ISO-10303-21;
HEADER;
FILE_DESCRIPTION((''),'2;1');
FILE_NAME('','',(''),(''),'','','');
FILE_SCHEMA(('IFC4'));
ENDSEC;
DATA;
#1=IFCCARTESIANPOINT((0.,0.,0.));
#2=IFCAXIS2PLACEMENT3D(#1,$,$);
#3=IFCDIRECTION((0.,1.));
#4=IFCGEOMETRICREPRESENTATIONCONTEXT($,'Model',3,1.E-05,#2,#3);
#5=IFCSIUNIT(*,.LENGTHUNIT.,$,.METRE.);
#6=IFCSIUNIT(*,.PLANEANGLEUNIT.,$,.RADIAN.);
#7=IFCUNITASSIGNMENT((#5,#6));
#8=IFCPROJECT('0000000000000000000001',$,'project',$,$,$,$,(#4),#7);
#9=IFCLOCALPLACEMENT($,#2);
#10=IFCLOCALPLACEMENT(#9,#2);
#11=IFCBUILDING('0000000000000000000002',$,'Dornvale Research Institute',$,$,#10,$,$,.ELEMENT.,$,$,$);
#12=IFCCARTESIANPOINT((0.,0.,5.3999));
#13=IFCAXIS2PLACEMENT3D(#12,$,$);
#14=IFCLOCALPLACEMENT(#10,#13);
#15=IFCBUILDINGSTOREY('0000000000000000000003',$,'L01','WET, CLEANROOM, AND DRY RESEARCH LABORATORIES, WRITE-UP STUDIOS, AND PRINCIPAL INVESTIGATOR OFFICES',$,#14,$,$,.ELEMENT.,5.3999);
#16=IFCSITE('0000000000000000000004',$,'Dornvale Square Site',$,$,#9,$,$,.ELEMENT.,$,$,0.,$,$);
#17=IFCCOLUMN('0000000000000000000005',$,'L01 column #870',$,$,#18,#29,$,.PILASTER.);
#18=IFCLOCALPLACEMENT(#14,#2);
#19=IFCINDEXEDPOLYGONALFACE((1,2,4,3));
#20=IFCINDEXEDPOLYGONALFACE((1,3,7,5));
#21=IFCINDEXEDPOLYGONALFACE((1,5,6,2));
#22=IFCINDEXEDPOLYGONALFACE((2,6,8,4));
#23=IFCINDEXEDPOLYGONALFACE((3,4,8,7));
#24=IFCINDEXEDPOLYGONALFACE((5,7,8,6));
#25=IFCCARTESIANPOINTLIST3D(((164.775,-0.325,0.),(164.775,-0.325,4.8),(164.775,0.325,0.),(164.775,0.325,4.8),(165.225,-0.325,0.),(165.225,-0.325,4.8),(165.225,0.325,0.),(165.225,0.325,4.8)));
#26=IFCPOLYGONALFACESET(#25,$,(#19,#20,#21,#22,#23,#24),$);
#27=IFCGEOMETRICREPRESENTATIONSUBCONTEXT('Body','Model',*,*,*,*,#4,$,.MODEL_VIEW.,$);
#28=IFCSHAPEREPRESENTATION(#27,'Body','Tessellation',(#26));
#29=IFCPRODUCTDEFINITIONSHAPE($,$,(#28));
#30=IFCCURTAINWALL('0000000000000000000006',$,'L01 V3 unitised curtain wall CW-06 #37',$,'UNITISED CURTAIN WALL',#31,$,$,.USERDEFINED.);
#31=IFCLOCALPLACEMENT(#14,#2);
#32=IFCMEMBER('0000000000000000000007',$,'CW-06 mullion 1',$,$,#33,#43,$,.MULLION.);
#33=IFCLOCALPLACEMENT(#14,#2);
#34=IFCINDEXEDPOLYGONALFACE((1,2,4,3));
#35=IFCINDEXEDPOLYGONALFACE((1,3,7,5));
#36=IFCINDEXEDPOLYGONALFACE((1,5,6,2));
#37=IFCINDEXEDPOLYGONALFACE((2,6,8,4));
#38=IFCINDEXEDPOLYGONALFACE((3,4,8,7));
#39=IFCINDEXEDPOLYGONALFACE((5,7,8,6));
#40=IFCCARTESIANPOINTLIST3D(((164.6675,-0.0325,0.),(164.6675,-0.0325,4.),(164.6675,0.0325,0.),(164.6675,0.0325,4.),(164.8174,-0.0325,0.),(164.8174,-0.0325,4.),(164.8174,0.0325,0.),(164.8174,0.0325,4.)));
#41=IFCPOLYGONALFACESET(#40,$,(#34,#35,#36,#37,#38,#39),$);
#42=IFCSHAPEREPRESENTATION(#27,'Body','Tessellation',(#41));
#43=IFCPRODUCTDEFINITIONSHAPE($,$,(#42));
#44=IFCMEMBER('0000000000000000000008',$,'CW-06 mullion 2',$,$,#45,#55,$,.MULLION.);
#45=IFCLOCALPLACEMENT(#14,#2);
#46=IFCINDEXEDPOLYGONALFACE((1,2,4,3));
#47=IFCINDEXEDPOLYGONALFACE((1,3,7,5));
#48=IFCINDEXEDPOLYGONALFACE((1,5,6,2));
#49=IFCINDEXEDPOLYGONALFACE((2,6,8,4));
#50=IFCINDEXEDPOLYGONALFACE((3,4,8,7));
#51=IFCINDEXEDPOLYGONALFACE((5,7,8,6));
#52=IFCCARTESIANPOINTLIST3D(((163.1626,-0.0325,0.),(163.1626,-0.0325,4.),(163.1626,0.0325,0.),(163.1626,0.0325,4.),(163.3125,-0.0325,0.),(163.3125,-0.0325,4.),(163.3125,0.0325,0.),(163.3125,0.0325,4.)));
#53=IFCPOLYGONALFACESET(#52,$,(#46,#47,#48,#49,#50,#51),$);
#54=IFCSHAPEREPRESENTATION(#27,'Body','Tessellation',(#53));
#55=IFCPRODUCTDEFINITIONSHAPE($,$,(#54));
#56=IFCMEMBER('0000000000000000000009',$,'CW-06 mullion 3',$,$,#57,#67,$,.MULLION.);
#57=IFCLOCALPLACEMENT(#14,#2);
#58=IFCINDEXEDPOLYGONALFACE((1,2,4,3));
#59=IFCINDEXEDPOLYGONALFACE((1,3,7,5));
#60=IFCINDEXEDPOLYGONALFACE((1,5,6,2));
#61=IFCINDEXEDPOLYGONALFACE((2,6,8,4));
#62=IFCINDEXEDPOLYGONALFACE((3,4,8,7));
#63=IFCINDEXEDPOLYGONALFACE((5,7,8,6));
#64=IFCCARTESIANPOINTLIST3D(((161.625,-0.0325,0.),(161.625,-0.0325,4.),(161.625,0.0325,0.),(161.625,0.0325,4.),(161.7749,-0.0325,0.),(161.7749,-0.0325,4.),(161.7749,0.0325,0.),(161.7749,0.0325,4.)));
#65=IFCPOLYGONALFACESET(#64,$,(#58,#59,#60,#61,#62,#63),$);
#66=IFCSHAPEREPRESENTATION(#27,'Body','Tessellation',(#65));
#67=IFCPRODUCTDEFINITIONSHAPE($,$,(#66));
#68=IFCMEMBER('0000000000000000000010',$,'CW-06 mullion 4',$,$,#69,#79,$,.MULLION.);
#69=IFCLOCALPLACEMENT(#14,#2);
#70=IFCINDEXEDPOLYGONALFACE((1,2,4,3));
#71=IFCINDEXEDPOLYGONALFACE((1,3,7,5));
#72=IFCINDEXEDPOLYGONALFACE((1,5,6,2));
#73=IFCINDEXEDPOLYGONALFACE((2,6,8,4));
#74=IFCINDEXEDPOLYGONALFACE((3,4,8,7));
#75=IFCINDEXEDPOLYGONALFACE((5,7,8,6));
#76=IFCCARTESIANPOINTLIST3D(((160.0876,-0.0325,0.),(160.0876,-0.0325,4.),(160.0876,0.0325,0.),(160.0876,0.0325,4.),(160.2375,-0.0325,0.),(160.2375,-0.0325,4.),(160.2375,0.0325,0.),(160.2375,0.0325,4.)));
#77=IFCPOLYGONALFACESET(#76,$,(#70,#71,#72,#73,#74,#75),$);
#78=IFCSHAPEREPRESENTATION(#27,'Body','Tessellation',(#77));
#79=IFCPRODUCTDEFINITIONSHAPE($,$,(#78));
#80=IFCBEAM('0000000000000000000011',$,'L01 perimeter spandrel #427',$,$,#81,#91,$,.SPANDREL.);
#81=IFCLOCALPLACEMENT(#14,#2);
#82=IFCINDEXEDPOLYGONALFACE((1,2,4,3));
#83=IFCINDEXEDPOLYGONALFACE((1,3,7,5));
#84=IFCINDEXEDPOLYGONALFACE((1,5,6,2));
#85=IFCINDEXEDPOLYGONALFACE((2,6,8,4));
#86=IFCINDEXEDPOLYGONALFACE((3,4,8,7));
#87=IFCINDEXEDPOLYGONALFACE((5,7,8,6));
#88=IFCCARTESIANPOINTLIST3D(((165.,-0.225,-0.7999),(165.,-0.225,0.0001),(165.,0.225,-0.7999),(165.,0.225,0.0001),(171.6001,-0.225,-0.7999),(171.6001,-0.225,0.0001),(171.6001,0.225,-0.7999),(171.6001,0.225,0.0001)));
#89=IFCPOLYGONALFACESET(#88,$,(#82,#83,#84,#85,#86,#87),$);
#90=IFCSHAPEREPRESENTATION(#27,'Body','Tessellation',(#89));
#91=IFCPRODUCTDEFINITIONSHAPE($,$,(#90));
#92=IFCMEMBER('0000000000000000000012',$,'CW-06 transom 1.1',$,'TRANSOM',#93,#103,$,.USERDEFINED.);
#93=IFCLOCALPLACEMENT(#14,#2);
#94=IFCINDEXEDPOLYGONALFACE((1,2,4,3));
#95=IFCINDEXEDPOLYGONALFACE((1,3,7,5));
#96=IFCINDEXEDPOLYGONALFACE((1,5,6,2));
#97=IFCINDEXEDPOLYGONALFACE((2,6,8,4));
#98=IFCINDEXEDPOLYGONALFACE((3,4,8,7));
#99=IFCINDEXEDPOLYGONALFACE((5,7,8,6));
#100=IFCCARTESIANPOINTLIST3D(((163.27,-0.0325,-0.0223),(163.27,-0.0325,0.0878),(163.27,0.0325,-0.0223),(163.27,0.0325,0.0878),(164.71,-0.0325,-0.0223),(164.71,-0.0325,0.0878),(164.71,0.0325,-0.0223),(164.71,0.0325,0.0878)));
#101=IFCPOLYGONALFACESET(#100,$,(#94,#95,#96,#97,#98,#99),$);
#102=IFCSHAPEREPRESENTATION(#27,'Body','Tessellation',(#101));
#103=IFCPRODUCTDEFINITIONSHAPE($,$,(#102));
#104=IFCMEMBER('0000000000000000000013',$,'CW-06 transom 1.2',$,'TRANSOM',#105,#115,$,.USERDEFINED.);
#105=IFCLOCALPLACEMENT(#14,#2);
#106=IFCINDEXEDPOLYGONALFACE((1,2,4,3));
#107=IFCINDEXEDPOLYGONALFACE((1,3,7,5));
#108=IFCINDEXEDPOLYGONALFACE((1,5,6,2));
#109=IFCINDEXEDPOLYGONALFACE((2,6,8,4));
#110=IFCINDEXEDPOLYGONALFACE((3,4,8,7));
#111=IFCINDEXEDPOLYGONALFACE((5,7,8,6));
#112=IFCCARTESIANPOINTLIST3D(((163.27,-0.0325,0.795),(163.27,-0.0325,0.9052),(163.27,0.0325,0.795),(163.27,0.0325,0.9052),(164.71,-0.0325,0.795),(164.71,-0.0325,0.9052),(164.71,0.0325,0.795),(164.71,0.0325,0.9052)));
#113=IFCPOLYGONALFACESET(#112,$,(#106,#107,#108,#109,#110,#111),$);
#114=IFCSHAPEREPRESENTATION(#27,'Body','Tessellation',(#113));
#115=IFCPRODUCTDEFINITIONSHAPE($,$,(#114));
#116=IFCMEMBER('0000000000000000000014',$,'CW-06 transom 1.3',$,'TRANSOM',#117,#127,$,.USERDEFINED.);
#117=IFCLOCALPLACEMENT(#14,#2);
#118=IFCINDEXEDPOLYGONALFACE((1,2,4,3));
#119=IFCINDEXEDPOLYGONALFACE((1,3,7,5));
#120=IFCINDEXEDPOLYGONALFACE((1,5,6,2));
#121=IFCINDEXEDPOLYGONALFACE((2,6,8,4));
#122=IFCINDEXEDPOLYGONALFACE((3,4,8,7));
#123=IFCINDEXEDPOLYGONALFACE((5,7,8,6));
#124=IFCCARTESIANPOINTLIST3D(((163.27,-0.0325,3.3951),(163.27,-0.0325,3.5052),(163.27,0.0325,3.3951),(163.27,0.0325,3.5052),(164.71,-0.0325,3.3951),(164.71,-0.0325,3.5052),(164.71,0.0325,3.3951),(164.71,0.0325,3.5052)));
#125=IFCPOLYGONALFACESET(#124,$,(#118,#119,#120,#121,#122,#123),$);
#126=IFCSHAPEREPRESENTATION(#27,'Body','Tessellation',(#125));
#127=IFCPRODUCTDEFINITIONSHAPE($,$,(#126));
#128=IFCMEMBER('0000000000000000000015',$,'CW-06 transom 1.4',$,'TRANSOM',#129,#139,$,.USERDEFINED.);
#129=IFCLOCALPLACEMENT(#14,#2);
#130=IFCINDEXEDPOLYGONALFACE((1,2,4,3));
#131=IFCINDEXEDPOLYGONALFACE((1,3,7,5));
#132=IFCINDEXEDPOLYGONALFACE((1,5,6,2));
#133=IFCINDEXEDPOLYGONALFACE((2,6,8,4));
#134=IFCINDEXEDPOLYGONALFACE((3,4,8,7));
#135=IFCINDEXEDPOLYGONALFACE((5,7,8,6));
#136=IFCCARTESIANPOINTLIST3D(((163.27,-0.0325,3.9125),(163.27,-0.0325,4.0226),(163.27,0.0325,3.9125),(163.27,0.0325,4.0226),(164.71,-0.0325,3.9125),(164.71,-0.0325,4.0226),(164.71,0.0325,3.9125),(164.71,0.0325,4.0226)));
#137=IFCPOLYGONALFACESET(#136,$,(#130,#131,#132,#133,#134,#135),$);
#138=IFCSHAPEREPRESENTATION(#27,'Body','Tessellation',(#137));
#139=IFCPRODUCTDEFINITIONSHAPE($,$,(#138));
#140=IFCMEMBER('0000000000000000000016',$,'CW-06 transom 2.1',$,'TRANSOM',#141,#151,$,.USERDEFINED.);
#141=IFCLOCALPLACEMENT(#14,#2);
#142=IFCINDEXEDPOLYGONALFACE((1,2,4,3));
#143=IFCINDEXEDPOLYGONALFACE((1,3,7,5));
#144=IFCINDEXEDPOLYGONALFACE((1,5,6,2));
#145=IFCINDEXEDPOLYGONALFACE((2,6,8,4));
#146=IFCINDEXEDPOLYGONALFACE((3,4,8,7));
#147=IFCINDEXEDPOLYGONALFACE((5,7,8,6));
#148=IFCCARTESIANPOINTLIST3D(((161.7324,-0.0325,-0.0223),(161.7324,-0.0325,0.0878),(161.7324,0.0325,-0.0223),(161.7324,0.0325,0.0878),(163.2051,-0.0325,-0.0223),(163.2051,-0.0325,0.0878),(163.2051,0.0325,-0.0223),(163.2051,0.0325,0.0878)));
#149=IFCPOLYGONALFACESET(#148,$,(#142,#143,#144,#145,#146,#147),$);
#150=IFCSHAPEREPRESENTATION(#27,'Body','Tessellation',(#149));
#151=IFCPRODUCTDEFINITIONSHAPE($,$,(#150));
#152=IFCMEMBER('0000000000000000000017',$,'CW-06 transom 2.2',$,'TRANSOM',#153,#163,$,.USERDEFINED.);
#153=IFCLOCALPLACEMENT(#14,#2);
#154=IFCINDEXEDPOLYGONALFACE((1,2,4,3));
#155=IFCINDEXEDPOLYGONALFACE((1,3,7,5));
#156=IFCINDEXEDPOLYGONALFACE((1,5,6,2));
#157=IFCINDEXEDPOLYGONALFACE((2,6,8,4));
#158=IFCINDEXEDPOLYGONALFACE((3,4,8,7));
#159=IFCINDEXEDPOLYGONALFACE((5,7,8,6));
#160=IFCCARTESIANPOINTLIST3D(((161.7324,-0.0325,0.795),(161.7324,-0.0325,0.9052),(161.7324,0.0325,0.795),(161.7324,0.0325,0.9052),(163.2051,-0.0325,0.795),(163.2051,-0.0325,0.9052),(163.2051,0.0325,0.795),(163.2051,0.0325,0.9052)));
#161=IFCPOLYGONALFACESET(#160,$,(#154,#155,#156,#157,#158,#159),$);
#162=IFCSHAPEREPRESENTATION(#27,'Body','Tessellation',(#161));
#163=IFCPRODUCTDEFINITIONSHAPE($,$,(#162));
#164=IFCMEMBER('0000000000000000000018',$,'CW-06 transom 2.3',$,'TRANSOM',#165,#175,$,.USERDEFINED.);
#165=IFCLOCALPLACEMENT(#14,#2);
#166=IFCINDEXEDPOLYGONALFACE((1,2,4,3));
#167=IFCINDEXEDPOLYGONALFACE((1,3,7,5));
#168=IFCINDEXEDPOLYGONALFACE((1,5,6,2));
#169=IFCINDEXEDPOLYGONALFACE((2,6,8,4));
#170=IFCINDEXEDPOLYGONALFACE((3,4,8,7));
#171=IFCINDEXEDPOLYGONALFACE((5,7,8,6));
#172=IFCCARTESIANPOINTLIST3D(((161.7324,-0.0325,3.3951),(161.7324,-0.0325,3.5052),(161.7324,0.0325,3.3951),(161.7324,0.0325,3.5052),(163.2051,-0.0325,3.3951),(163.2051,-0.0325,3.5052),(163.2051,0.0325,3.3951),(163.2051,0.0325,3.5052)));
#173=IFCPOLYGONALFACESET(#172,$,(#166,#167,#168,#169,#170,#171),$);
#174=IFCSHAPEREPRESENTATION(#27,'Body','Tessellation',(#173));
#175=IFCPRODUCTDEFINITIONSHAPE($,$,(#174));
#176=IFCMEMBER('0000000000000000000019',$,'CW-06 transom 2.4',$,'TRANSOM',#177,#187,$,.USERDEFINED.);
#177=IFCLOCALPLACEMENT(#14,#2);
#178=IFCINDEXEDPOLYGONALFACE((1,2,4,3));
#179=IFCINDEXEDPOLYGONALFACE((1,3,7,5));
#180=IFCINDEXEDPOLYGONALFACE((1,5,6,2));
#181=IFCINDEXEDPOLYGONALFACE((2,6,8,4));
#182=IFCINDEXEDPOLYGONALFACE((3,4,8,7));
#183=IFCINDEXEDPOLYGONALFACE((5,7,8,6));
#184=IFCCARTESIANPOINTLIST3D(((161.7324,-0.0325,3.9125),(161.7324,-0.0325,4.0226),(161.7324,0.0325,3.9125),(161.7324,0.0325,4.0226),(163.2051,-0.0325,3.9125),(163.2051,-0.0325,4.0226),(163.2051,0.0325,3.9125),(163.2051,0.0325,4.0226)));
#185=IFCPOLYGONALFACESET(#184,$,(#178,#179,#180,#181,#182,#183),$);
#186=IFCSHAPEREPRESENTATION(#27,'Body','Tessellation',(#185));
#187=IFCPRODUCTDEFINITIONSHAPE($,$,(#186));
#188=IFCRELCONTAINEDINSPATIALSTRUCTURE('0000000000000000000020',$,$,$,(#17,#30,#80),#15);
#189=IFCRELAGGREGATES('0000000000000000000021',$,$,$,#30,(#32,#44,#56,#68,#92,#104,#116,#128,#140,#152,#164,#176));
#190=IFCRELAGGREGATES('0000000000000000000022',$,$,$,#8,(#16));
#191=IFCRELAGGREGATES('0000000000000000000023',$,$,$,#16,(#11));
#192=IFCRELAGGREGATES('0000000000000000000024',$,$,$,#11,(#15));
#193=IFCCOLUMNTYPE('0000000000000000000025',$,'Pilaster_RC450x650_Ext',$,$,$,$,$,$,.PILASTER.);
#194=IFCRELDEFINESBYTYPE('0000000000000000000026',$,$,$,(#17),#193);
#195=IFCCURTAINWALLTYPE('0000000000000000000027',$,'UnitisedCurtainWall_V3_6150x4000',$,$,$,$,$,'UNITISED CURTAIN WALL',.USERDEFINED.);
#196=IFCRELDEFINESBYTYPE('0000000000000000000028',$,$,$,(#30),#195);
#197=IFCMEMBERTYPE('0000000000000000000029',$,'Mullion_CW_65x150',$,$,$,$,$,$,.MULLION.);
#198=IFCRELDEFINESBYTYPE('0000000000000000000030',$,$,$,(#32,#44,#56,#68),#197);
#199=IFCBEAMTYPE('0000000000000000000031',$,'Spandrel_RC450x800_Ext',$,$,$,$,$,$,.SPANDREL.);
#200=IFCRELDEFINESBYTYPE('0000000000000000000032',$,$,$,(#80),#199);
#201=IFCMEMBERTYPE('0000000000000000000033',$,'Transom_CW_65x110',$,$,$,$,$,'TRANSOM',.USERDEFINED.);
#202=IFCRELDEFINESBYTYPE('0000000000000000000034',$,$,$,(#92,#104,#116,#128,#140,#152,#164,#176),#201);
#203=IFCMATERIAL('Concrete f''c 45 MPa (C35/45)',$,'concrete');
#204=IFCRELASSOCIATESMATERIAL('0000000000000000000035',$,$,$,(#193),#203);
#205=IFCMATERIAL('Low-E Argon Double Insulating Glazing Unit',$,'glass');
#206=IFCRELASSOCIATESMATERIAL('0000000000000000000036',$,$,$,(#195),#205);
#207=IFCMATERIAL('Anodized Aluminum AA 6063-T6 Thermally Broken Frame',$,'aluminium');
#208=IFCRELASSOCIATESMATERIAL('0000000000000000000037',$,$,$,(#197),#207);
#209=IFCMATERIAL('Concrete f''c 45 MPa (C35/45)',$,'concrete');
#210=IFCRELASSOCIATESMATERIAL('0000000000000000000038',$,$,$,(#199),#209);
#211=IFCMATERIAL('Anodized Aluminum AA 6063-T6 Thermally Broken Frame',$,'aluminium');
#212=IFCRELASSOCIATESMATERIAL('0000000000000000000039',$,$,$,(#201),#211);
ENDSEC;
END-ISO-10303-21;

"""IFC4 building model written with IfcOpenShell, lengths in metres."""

from ifc_helpers import new_model, si_unit, direction, frame, origin, origin_2d, place, context, subcontext, project, spatial, rectangle, extrude, material, material_profile, profile_set, type_object, element, aggregate, save


model = new_model("IFC4")

# Units and contexts
model_context = context("Model", 3, precision=1e-05, world=origin(), true_north=direction((0.0, 1.0)))
body_context = subcontext(model_context, "Body", "Model", "MODEL_VIEW")
ifc_project = project(units=[si_unit("LENGTHUNIT", "METRE"), si_unit("PLANEANGLEUNIT", "RADIAN")], contexts=[model_context])

# Site, building, storey
site_placement = place(None, origin())
site = spatial("IfcSite", under=ifc_project, at=site_placement, Name="Dornvale Square Site", CompositionType="ELEMENT", RefElevation=0.0)
building_placement = place(site_placement, origin())
building = spatial("IfcBuilding", under=site, at=building_placement, Name="Dornvale Research Institute", CompositionType="ELEMENT")
storey_placement = place(building_placement, frame((0.0, 0.0, 5.3999)))
storey = spatial("IfcBuildingStorey", under=building, at=storey_placement, Name="L01", Description="WET, CLEANROOM, AND DRY RESEARCH LABORATORIES, WRITE-UP STUDIOS, AND PRINCIPAL INVESTIGATOR OFFICES", CompositionType="ELEMENT", Elevation=5.3999)

# Column
ifc_material_1 = material(Name="Concrete f'c 45 MPa (C35/45)", Category="concrete")
ifc_material_profile_1 = material_profile(ifc_material_1, rectangle(XDim=0.45, YDim=0.6499, at=origin_2d()), Name="RC 450x650")
ifc_profile_set_1 = profile_set([ifc_material_profile_1], Name="Concrete f'c 45 MPa (C35/45)")
column_type = type_object("IfcColumnType", Name="Pilaster_RC450x650_Ext", PredefinedType="PILASTER", material=ifc_profile_set_1)
column_placement = place(storey_placement, frame((165.0, 0.0, 0.0), z_axis=(0.0, 0.0, 1.0), x_axis=(1.0, 0.0, 0.0)))
element("IfcColumn", 1, at=column_placement, inside=storey, type_object=column_type, Name="L01 column #870", PredefinedType="PILASTER", context=body_context, shape_type="SweptSolid", body=[
    extrude(rectangle(XDim=0.45, YDim=0.6499, at=origin_2d()), origin(), (0.0, 0.0, 1.0), 4.8),
])

# Curtain wall, members
ifc_material_2 = material(Name="Low-E Argon Double Insulating Glazing Unit", Category="glass")
curtain_wall_type = type_object("IfcCurtainWallType", Name="UnitisedCurtainWall_V3_6150x4000", ElementType="UNITISED CURTAIN WALL", PredefinedType="USERDEFINED", material=ifc_material_2)
curtain_wall_placement = place(storey_placement, origin())
curtain_wall = element("IfcCurtainWall", 2, at=curtain_wall_placement, inside=storey, type_object=curtain_wall_type, Name="L01 V3 unitised curtain wall CW-06 #37", ObjectType="UNITISED CURTAIN WALL", PredefinedType="USERDEFINED")
ifc_material_3 = material(Name="Anodized Aluminum AA 6063-T6 Thermally Broken Frame", Category="aluminium")
ifc_material_profile_2 = material_profile(ifc_material_3, rectangle(XDim=0.0649, YDim=0.1499, at=origin_2d()), Name="ALU MULLION 65x150")
ifc_profile_set_2 = profile_set([ifc_material_profile_2], Name="Anodized Aluminum AA 6063-T6 Thermally Broken Frame")
member_type_1 = type_object("IfcMemberType", Name="Mullion_CW_65x150", PredefinedType="MULLION", material=ifc_profile_set_2)
member_1_placement = place(storey_placement, frame((164.7424, 0.0, 0.0), z_axis=(0.0, 0.0, 1.0), x_axis=(0.0, -1.0, 0.0)))
member_1 = element("IfcMember", 3, at=member_1_placement, type_object=member_type_1, Name="CW-06 mullion 1", PredefinedType="MULLION", context=body_context, shape_type="SweptSolid", body=[
    extrude(rectangle(XDim=0.0649, YDim=0.1499, at=origin_2d()), origin(), (0.0, 0.0, 1.0), 4.0),
])
member_2_placement = place(storey_placement, frame((163.2375, 0.0, 0.0), z_axis=(0.0, 0.0, 1.0), x_axis=(0.0, -1.0, 0.0)))
member_2 = element("IfcMember", 4, at=member_2_placement, type_object=member_type_1, Name="CW-06 mullion 2", PredefinedType="MULLION", context=body_context, shape_type="SweptSolid", body=[
    extrude(rectangle(XDim=0.0649, YDim=0.1499, at=origin_2d()), origin(), (0.0, 0.0, 1.0), 4.0),
])
member_3_placement = place(storey_placement, frame((161.7, 0.0, 0.0), z_axis=(0.0, 0.0, 1.0), x_axis=(0.0, -1.0, 0.0)))
member_3 = element("IfcMember", 5, at=member_3_placement, type_object=member_type_1, Name="CW-06 mullion 3", PredefinedType="MULLION", context=body_context, shape_type="SweptSolid", body=[
    extrude(rectangle(XDim=0.0649, YDim=0.1499, at=origin_2d()), origin(), (0.0, 0.0, 1.0), 4.0),
])
member_4_placement = place(storey_placement, frame((160.1626, 0.0, 0.0), z_axis=(0.0, 0.0, 1.0), x_axis=(0.0, -1.0, 0.0)))
member_4 = element("IfcMember", 6, at=member_4_placement, type_object=member_type_1, Name="CW-06 mullion 4", PredefinedType="MULLION", context=body_context, shape_type="SweptSolid", body=[
    extrude(rectangle(XDim=0.0649, YDim=0.1499, at=origin_2d()), origin(), (0.0, 0.0, 1.0), 4.0),
])

# Beam
ifc_material_4 = material(Name="Concrete f'c 45 MPa (C35/45)", Category="concrete")
ifc_material_profile_3 = material_profile(ifc_material_4, rectangle(XDim=0.45, YDim=0.8, at=origin_2d()), Name="RC 450x800")
ifc_profile_set_3 = profile_set([ifc_material_profile_3], Name="Concrete f'c 45 MPa (C35/45)")
beam_type = type_object("IfcBeamType", Name="Spandrel_RC450x800_Ext", PredefinedType="SPANDREL", material=ifc_profile_set_3)
beam_placement = place(storey_placement, frame((165.0, 0.0, -0.3999), z_axis=(1.0, 0.0, 0.0), x_axis=(0.0, 1.0, 0.0)))
element("IfcBeam", 7, at=beam_placement, inside=storey, type_object=beam_type, Name="L01 perimeter spandrel #427", PredefinedType="SPANDREL", context=body_context, shape_type="SweptSolid", body=[
    extrude(rectangle(XDim=0.45, YDim=0.8, at=origin_2d()), origin(), (0.0, 0.0, 1.0), 6.6001),
])

# Members
ifc_material_5 = material(Name="Anodized Aluminum AA 6063-T6 Thermally Broken Frame", Category="aluminium")
ifc_material_profile_4 = material_profile(ifc_material_5, rectangle(XDim=0.0649, YDim=0.1101, at=origin_2d()), Name="ALU TRANSOM 65x110")
ifc_profile_set_4 = profile_set([ifc_material_profile_4], Name="Anodized Aluminum AA 6063-T6 Thermally Broken Frame")
member_type_2 = type_object("IfcMemberType", Name="Transom_CW_65x110", ElementType="TRANSOM", PredefinedType="USERDEFINED", material=ifc_profile_set_4)
member_5_placement = place(storey_placement, frame((164.71, 0.0, 0.0327), z_axis=(-1.0, 0.0, 0.0), x_axis=(0.0, -1.0, 0.0)))
member_5 = element("IfcMember", 8, at=member_5_placement, type_object=member_type_2, Name="CW-06 transom 1.1", ObjectType="TRANSOM", PredefinedType="USERDEFINED", context=body_context, shape_type="SweptSolid", body=[
    extrude(rectangle(XDim=0.0649, YDim=0.1101, at=origin_2d()), origin(), (0.0, 0.0, 1.0), 1.4399),
])
member_6_placement = place(storey_placement, frame((164.71, 0.0, 0.8501), z_axis=(-1.0, 0.0, 0.0), x_axis=(0.0, -1.0, 0.0)))
member_6 = element("IfcMember", 9, at=member_6_placement, type_object=member_type_2, Name="CW-06 transom 1.2", ObjectType="TRANSOM", PredefinedType="USERDEFINED", context=body_context, shape_type="SweptSolid", body=[
    extrude(rectangle(XDim=0.0649, YDim=0.1101, at=origin_2d()), origin(), (0.0, 0.0, 1.0), 1.4399),
])
member_7_placement = place(storey_placement, frame((164.71, 0.0, 3.4502), z_axis=(-1.0, 0.0, 0.0), x_axis=(0.0, -1.0, 0.0)))
member_7 = element("IfcMember", 10, at=member_7_placement, type_object=member_type_2, Name="CW-06 transom 1.3", ObjectType="TRANSOM", PredefinedType="USERDEFINED", context=body_context, shape_type="SweptSolid", body=[
    extrude(rectangle(XDim=0.0649, YDim=0.1101, at=origin_2d()), origin(), (0.0, 0.0, 1.0), 1.4399),
])
member_8_placement = place(storey_placement, frame((164.71, 0.0, 3.9675), z_axis=(-1.0, 0.0, 0.0), x_axis=(0.0, -1.0, 0.0)))
member_8 = element("IfcMember", 11, at=member_8_placement, type_object=member_type_2, Name="CW-06 transom 1.4", ObjectType="TRANSOM", PredefinedType="USERDEFINED", context=body_context, shape_type="SweptSolid", body=[
    extrude(rectangle(XDim=0.0649, YDim=0.1101, at=origin_2d()), origin(), (0.0, 0.0, 1.0), 1.4399),
])
member_9_placement = place(storey_placement, frame((163.2051, 0.0, 0.0327), z_axis=(-1.0, 0.0, 0.0), x_axis=(0.0, -1.0, 0.0)))
member_9 = element("IfcMember", 12, at=member_9_placement, type_object=member_type_2, Name="CW-06 transom 2.1", ObjectType="TRANSOM", PredefinedType="USERDEFINED", context=body_context, shape_type="SweptSolid", body=[
    extrude(rectangle(XDim=0.0649, YDim=0.1101, at=origin_2d()), origin(), (0.0, 0.0, 1.0), 1.4727),
])
member_10_placement = place(storey_placement, frame((163.2051, 0.0, 0.8501), z_axis=(-1.0, 0.0, 0.0), x_axis=(0.0, -1.0, 0.0)))
member_10 = element("IfcMember", 13, at=member_10_placement, type_object=member_type_2, Name="CW-06 transom 2.2", ObjectType="TRANSOM", PredefinedType="USERDEFINED", context=body_context, shape_type="SweptSolid", body=[
    extrude(rectangle(XDim=0.0649, YDim=0.1101, at=origin_2d()), origin(), (0.0, 0.0, 1.0), 1.4727),
])
member_11_placement = place(storey_placement, frame((163.2051, 0.0, 3.4502), z_axis=(-1.0, 0.0, 0.0), x_axis=(0.0, -1.0, 0.0)))
member_11 = element("IfcMember", 14, at=member_11_placement, type_object=member_type_2, Name="CW-06 transom 2.3", ObjectType="TRANSOM", PredefinedType="USERDEFINED", context=body_context, shape_type="SweptSolid", body=[
    extrude(rectangle(XDim=0.0649, YDim=0.1101, at=origin_2d()), origin(), (0.0, 0.0, 1.0), 1.4727),
])
member_12_placement = place(storey_placement, frame((163.2051, 0.0, 3.9675), z_axis=(-1.0, 0.0, 0.0), x_axis=(0.0, -1.0, 0.0)))
member_12 = element("IfcMember", 15, at=member_12_placement, type_object=member_type_2, Name="CW-06 transom 2.4", ObjectType="TRANSOM", PredefinedType="USERDEFINED", context=body_context, shape_type="SweptSolid", body=[
    extrude(rectangle(XDim=0.0649, YDim=0.1101, at=origin_2d()), origin(), (0.0, 0.0, 1.0), 1.4727),
])

aggregate(curtain_wall, [member_1, member_2, member_3, member_4, member_5, member_6, member_7, member_8, member_9, member_10, member_11, member_12])

save(model, "model.ifc")
